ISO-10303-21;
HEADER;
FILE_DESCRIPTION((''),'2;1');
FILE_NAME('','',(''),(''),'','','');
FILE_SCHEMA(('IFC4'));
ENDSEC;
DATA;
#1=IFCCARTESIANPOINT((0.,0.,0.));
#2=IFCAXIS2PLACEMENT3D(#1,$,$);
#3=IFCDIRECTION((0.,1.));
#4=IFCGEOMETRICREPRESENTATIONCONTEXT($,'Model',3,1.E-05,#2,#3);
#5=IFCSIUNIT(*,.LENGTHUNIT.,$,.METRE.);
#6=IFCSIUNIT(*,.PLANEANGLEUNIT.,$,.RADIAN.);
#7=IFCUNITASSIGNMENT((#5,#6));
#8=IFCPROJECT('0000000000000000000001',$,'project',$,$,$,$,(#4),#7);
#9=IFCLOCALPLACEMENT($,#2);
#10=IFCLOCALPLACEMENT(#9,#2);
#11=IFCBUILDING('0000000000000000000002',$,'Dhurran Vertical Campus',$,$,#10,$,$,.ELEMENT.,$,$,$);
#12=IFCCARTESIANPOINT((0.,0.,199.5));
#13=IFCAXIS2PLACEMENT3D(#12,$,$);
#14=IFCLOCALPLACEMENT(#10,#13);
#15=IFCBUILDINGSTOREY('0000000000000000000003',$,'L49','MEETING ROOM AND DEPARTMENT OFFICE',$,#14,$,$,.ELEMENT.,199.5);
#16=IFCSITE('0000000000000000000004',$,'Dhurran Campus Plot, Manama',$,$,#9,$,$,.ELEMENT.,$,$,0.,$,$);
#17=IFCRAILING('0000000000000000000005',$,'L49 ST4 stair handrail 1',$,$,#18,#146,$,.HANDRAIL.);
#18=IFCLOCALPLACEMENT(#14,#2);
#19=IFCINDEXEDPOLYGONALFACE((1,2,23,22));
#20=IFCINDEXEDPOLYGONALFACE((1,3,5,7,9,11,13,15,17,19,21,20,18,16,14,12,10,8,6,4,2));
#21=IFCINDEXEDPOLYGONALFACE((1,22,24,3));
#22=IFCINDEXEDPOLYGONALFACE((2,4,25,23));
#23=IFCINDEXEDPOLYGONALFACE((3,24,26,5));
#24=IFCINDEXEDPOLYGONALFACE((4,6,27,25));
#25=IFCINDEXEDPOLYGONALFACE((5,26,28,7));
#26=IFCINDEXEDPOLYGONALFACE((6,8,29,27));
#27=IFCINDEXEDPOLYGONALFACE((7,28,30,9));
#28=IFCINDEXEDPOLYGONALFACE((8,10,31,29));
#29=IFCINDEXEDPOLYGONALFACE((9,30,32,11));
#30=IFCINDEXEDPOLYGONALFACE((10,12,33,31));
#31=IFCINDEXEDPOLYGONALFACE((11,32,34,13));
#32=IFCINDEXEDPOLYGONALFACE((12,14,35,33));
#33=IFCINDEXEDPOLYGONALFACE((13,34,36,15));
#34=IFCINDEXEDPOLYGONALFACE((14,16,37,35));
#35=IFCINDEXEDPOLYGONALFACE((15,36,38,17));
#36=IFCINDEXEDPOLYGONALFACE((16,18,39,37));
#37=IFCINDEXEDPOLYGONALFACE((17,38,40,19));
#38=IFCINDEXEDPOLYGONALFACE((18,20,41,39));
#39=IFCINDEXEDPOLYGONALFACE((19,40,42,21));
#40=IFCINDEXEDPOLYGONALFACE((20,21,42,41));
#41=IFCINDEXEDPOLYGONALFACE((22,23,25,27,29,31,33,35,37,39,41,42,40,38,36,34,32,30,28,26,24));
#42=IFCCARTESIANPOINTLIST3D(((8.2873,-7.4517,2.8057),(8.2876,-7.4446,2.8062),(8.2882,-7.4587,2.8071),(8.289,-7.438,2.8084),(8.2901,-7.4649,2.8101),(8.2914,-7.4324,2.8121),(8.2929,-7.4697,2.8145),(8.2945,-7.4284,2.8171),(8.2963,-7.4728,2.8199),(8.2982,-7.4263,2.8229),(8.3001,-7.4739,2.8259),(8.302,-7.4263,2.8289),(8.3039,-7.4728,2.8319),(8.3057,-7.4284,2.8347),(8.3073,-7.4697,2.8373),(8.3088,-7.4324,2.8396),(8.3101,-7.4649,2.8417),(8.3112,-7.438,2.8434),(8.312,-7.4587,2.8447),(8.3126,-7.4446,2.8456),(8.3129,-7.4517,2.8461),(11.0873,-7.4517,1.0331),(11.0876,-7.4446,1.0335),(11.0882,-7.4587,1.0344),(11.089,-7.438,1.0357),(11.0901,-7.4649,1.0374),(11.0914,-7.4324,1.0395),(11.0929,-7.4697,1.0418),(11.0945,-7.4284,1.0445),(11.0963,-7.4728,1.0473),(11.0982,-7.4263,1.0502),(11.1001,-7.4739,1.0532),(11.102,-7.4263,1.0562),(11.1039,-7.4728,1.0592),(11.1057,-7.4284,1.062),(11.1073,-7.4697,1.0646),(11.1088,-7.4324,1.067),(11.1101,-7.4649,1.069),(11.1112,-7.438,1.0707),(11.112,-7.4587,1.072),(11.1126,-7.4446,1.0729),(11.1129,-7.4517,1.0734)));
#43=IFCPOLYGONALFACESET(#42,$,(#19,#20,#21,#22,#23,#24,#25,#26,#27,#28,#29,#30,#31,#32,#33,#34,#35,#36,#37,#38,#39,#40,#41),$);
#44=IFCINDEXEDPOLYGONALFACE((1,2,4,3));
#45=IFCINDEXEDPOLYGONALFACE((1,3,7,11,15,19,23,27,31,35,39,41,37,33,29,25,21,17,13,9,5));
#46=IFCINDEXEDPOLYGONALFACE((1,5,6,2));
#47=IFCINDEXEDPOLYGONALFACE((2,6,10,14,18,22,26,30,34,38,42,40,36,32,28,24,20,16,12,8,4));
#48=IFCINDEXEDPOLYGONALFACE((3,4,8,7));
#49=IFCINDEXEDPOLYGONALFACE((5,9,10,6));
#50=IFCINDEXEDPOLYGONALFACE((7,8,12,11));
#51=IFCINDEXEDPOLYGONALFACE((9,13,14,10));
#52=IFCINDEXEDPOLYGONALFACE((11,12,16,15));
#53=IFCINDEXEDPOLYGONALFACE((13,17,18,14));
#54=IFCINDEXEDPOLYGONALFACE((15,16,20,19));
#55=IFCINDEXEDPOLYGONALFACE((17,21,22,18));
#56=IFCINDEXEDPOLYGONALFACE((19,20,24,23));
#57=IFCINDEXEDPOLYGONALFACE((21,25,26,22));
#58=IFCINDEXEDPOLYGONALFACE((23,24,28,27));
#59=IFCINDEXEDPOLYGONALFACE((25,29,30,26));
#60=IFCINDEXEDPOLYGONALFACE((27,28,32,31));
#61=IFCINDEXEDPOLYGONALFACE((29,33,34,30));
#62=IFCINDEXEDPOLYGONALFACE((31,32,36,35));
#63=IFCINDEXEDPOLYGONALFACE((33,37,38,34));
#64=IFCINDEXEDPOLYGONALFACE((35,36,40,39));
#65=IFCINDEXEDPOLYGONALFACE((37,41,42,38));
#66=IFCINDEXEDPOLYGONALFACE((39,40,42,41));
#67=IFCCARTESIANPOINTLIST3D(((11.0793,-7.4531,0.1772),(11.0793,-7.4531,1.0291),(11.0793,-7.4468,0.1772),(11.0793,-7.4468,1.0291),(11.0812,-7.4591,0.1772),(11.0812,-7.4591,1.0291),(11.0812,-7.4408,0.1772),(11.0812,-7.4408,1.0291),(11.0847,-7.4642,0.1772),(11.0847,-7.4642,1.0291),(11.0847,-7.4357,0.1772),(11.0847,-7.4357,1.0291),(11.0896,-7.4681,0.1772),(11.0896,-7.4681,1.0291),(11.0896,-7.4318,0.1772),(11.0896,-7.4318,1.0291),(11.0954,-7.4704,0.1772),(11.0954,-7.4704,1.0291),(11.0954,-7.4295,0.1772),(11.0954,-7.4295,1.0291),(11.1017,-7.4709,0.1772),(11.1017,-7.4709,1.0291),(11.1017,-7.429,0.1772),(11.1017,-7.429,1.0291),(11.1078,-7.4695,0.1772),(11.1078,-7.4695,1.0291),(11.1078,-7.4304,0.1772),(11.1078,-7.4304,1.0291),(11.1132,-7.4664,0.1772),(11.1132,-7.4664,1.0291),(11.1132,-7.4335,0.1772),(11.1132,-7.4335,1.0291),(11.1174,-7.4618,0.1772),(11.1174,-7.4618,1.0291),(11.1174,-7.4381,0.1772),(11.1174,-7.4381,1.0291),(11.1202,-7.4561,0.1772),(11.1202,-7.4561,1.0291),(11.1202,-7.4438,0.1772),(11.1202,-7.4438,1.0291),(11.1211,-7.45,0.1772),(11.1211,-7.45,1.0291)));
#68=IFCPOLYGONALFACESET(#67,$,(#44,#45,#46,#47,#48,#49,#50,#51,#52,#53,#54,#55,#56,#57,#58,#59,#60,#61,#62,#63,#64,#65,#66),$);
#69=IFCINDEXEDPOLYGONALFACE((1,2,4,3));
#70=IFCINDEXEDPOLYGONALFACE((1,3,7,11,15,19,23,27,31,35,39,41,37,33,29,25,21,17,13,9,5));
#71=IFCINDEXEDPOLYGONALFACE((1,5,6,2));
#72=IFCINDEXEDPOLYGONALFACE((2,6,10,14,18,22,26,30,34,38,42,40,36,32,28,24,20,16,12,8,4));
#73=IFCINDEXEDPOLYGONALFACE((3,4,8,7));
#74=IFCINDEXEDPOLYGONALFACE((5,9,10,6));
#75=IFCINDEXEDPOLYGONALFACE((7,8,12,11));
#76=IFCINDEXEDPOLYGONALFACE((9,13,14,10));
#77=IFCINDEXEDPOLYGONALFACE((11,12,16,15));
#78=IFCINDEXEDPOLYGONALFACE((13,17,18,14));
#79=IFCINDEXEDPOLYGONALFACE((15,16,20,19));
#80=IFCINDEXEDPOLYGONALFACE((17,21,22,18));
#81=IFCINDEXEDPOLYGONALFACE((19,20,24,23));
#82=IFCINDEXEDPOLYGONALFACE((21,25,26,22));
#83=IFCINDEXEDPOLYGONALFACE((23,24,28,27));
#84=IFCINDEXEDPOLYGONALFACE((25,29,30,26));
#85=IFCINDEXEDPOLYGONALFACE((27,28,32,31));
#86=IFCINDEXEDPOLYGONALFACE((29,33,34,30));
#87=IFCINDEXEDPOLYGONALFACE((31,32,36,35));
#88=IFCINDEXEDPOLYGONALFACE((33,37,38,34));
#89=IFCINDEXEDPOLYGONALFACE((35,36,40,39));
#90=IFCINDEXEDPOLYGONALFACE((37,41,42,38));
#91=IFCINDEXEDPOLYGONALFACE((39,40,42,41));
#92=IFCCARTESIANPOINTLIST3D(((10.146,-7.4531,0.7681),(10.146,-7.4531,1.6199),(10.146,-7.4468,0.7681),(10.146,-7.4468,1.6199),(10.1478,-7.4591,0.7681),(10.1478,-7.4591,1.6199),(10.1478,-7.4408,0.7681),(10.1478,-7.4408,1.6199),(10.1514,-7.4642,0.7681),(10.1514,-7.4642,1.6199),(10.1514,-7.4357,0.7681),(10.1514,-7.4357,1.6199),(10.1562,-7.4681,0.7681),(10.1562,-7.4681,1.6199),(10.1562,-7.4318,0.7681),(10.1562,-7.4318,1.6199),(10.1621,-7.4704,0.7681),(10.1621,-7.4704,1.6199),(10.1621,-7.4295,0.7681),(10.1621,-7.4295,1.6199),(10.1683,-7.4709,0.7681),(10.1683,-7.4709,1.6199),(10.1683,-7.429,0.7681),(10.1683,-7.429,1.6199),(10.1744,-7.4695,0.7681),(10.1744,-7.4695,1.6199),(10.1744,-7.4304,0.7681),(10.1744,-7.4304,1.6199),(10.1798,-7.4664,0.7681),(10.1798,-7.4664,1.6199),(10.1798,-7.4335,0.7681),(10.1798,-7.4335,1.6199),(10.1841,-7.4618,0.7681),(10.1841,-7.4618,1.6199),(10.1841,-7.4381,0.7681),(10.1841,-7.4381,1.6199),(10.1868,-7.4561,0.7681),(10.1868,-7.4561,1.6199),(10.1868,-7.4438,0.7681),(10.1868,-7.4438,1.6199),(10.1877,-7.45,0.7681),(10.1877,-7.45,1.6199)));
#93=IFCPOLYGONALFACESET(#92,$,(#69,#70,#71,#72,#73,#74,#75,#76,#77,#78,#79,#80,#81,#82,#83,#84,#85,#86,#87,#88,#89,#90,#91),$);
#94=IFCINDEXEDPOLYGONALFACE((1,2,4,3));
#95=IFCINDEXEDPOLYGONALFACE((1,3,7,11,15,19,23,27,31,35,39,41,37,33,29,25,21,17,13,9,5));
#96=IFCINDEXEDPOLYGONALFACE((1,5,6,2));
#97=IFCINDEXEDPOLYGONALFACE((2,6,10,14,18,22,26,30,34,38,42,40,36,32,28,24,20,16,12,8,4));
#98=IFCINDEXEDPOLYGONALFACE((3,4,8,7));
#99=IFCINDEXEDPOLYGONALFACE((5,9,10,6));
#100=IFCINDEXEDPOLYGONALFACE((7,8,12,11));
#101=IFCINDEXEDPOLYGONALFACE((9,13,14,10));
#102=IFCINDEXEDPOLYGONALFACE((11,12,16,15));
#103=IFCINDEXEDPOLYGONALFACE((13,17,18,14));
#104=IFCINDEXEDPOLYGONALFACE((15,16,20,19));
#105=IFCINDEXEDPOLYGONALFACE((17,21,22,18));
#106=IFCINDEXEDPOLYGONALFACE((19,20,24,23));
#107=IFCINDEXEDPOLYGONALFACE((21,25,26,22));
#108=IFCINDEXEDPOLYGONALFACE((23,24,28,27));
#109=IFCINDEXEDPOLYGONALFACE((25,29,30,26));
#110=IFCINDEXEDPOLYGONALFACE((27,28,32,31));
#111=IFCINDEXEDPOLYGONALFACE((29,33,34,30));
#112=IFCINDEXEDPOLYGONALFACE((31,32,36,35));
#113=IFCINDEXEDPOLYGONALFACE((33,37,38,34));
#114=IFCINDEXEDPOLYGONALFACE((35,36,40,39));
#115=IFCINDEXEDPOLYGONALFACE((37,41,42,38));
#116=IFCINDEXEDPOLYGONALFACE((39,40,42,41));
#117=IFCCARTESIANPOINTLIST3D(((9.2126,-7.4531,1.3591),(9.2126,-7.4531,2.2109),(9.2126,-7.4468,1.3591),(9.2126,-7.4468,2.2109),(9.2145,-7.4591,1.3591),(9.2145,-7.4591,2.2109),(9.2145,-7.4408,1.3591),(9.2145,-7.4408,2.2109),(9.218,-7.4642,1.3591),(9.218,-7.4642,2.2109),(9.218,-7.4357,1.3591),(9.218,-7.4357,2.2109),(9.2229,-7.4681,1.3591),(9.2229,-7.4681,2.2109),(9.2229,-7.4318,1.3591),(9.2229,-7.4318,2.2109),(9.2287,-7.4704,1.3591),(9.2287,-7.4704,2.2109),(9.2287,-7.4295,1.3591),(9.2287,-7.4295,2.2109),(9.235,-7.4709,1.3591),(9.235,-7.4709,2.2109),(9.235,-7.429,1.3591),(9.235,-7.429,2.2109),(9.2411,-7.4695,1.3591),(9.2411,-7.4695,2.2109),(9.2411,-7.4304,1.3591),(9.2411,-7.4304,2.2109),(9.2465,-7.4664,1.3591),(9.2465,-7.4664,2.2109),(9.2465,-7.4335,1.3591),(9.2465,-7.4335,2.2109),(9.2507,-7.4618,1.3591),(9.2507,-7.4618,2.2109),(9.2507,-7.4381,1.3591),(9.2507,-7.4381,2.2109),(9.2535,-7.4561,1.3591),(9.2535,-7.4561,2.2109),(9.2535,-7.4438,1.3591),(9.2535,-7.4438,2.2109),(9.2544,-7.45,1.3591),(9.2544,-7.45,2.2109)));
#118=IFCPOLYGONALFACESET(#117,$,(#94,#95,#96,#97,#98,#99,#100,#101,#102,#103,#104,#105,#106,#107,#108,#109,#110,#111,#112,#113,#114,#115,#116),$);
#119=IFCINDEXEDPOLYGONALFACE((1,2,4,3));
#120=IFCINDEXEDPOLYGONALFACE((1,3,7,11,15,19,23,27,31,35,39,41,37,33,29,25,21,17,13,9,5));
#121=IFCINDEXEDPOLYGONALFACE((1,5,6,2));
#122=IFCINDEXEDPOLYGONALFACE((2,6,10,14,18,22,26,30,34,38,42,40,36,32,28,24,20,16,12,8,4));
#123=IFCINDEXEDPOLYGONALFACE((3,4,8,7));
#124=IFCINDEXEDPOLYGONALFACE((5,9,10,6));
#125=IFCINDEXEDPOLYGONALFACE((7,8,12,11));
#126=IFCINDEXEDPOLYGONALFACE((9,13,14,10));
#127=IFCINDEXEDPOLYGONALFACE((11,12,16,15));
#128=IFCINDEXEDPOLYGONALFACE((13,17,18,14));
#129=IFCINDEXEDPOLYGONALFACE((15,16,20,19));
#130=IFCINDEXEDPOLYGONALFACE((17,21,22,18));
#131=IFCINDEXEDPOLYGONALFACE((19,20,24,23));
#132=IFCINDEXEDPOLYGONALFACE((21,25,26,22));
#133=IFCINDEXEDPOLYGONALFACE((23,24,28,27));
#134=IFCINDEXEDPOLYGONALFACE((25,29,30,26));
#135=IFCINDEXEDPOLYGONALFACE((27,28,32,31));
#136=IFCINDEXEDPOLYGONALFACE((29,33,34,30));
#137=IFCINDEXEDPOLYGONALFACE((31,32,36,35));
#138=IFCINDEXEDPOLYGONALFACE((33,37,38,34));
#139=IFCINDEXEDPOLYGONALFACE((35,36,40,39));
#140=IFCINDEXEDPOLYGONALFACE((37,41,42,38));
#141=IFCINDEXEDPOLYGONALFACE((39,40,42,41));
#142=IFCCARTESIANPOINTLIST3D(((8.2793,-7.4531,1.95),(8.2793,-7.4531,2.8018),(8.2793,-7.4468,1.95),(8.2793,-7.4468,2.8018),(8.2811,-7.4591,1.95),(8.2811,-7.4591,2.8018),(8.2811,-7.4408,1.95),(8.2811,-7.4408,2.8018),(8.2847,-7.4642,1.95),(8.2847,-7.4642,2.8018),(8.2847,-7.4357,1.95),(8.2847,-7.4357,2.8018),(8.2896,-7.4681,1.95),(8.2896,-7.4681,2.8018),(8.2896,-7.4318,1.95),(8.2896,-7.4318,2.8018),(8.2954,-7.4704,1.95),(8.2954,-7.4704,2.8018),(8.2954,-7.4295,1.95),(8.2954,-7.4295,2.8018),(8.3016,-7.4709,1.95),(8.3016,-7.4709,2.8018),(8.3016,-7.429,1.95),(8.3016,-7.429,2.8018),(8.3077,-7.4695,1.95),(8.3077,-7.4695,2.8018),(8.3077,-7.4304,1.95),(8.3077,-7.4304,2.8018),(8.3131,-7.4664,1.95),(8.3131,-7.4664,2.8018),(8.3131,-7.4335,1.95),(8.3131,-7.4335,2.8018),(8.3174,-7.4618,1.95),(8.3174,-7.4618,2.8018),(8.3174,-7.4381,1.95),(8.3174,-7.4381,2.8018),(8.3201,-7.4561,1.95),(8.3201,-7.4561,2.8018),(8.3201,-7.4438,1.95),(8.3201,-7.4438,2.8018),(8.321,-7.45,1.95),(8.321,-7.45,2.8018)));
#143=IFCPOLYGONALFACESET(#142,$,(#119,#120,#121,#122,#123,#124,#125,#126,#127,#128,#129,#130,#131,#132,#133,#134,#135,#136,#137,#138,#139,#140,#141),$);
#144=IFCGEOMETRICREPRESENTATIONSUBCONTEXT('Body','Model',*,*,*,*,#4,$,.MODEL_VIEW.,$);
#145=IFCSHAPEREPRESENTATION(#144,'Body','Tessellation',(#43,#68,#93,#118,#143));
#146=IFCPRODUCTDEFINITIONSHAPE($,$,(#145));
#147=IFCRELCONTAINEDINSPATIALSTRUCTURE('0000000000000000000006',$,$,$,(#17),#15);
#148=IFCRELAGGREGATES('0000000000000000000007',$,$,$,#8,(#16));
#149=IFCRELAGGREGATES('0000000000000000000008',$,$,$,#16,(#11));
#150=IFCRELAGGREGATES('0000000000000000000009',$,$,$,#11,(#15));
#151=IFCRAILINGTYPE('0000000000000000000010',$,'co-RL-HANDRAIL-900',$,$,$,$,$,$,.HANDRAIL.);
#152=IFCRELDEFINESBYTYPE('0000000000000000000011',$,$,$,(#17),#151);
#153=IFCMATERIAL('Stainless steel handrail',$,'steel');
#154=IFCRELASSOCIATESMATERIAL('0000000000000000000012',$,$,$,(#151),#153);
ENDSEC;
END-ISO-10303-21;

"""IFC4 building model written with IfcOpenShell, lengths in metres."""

from ifc_helpers import new_model, si_unit, direction, frame, origin, origin_2d, place, context, subcontext, project, spatial, circle, extrude, material, type_object, element, save


model = new_model("IFC4")

# Units and contexts
model_context = context("Model", 3, precision=1e-05, world=origin(), true_north=direction((0.0, 1.0)))
body_context = subcontext(model_context, "Body", "Model", "MODEL_VIEW")
ifc_project = project(units=[si_unit("LENGTHUNIT", "METRE"), si_unit("PLANEANGLEUNIT", "RADIAN")], contexts=[model_context])

# Site, building, storey
site_placement = place(None, origin())
site = spatial("IfcSite", under=ifc_project, at=site_placement, Name="Dhurran Campus Plot, Manama", CompositionType="ELEMENT", RefElevation=0.0)
building_placement = place(site_placement, origin())
building = spatial("IfcBuilding", under=site, at=building_placement, Name="Dhurran Vertical Campus", CompositionType="ELEMENT")
storey_placement = place(building_placement, frame((0.0, 0.0, 199.5)))
storey = spatial("IfcBuildingStorey", under=building, at=storey_placement, Name="L49", Description="MEETING ROOM AND DEPARTMENT OFFICE", CompositionType="ELEMENT", Elevation=199.5)

# Railing
ifc_material_1 = material(Name="Stainless steel handrail", Category="steel")
railing_type_1 = type_object("IfcRailingType", Name="co-RL-HANDRAIL-900", PredefinedType="HANDRAIL", material=ifc_material_1)
railing_1_placement = place(storey_placement, frame((11.1001, -7.45, 0.1772)))
element("IfcRailing", 1, at=railing_1_placement, inside=storey, type_object=railing_type_1, Name="L49 ST4 stair handrail 1", PredefinedType="HANDRAIL", context=body_context, shape_type="SweptSolid", body=[
    extrude(circle(Radius=0.0239, at=origin_2d()), frame((0.0, 0.0, 0.876), z_axis=(-0.844909, 0.0, 0.53491), x_axis=(0.0, -1.0, 0.0)), (0.0, 0.0, 1.0), 3.314),
    extrude(circle(Radius=0.021, at=origin_2d()), origin(), (0.0, 0.0, 1.0), 0.8518),
    extrude(circle(Radius=0.021, at=origin_2d()), frame((-0.9333, 0.0, 0.5908)), (0.0, 0.0, 1.0), 0.8518),
    extrude(circle(Radius=0.021, at=origin_2d()), frame((-1.8667, 0.0, 1.1819)), (0.0, 0.0, 1.0), 0.8518),
    extrude(circle(Radius=0.021, at=origin_2d()), frame((-2.8, 0.0, 1.7727)), (0.0, 0.0, 1.0), 0.8518),
])

save(model, "model.ifc")
